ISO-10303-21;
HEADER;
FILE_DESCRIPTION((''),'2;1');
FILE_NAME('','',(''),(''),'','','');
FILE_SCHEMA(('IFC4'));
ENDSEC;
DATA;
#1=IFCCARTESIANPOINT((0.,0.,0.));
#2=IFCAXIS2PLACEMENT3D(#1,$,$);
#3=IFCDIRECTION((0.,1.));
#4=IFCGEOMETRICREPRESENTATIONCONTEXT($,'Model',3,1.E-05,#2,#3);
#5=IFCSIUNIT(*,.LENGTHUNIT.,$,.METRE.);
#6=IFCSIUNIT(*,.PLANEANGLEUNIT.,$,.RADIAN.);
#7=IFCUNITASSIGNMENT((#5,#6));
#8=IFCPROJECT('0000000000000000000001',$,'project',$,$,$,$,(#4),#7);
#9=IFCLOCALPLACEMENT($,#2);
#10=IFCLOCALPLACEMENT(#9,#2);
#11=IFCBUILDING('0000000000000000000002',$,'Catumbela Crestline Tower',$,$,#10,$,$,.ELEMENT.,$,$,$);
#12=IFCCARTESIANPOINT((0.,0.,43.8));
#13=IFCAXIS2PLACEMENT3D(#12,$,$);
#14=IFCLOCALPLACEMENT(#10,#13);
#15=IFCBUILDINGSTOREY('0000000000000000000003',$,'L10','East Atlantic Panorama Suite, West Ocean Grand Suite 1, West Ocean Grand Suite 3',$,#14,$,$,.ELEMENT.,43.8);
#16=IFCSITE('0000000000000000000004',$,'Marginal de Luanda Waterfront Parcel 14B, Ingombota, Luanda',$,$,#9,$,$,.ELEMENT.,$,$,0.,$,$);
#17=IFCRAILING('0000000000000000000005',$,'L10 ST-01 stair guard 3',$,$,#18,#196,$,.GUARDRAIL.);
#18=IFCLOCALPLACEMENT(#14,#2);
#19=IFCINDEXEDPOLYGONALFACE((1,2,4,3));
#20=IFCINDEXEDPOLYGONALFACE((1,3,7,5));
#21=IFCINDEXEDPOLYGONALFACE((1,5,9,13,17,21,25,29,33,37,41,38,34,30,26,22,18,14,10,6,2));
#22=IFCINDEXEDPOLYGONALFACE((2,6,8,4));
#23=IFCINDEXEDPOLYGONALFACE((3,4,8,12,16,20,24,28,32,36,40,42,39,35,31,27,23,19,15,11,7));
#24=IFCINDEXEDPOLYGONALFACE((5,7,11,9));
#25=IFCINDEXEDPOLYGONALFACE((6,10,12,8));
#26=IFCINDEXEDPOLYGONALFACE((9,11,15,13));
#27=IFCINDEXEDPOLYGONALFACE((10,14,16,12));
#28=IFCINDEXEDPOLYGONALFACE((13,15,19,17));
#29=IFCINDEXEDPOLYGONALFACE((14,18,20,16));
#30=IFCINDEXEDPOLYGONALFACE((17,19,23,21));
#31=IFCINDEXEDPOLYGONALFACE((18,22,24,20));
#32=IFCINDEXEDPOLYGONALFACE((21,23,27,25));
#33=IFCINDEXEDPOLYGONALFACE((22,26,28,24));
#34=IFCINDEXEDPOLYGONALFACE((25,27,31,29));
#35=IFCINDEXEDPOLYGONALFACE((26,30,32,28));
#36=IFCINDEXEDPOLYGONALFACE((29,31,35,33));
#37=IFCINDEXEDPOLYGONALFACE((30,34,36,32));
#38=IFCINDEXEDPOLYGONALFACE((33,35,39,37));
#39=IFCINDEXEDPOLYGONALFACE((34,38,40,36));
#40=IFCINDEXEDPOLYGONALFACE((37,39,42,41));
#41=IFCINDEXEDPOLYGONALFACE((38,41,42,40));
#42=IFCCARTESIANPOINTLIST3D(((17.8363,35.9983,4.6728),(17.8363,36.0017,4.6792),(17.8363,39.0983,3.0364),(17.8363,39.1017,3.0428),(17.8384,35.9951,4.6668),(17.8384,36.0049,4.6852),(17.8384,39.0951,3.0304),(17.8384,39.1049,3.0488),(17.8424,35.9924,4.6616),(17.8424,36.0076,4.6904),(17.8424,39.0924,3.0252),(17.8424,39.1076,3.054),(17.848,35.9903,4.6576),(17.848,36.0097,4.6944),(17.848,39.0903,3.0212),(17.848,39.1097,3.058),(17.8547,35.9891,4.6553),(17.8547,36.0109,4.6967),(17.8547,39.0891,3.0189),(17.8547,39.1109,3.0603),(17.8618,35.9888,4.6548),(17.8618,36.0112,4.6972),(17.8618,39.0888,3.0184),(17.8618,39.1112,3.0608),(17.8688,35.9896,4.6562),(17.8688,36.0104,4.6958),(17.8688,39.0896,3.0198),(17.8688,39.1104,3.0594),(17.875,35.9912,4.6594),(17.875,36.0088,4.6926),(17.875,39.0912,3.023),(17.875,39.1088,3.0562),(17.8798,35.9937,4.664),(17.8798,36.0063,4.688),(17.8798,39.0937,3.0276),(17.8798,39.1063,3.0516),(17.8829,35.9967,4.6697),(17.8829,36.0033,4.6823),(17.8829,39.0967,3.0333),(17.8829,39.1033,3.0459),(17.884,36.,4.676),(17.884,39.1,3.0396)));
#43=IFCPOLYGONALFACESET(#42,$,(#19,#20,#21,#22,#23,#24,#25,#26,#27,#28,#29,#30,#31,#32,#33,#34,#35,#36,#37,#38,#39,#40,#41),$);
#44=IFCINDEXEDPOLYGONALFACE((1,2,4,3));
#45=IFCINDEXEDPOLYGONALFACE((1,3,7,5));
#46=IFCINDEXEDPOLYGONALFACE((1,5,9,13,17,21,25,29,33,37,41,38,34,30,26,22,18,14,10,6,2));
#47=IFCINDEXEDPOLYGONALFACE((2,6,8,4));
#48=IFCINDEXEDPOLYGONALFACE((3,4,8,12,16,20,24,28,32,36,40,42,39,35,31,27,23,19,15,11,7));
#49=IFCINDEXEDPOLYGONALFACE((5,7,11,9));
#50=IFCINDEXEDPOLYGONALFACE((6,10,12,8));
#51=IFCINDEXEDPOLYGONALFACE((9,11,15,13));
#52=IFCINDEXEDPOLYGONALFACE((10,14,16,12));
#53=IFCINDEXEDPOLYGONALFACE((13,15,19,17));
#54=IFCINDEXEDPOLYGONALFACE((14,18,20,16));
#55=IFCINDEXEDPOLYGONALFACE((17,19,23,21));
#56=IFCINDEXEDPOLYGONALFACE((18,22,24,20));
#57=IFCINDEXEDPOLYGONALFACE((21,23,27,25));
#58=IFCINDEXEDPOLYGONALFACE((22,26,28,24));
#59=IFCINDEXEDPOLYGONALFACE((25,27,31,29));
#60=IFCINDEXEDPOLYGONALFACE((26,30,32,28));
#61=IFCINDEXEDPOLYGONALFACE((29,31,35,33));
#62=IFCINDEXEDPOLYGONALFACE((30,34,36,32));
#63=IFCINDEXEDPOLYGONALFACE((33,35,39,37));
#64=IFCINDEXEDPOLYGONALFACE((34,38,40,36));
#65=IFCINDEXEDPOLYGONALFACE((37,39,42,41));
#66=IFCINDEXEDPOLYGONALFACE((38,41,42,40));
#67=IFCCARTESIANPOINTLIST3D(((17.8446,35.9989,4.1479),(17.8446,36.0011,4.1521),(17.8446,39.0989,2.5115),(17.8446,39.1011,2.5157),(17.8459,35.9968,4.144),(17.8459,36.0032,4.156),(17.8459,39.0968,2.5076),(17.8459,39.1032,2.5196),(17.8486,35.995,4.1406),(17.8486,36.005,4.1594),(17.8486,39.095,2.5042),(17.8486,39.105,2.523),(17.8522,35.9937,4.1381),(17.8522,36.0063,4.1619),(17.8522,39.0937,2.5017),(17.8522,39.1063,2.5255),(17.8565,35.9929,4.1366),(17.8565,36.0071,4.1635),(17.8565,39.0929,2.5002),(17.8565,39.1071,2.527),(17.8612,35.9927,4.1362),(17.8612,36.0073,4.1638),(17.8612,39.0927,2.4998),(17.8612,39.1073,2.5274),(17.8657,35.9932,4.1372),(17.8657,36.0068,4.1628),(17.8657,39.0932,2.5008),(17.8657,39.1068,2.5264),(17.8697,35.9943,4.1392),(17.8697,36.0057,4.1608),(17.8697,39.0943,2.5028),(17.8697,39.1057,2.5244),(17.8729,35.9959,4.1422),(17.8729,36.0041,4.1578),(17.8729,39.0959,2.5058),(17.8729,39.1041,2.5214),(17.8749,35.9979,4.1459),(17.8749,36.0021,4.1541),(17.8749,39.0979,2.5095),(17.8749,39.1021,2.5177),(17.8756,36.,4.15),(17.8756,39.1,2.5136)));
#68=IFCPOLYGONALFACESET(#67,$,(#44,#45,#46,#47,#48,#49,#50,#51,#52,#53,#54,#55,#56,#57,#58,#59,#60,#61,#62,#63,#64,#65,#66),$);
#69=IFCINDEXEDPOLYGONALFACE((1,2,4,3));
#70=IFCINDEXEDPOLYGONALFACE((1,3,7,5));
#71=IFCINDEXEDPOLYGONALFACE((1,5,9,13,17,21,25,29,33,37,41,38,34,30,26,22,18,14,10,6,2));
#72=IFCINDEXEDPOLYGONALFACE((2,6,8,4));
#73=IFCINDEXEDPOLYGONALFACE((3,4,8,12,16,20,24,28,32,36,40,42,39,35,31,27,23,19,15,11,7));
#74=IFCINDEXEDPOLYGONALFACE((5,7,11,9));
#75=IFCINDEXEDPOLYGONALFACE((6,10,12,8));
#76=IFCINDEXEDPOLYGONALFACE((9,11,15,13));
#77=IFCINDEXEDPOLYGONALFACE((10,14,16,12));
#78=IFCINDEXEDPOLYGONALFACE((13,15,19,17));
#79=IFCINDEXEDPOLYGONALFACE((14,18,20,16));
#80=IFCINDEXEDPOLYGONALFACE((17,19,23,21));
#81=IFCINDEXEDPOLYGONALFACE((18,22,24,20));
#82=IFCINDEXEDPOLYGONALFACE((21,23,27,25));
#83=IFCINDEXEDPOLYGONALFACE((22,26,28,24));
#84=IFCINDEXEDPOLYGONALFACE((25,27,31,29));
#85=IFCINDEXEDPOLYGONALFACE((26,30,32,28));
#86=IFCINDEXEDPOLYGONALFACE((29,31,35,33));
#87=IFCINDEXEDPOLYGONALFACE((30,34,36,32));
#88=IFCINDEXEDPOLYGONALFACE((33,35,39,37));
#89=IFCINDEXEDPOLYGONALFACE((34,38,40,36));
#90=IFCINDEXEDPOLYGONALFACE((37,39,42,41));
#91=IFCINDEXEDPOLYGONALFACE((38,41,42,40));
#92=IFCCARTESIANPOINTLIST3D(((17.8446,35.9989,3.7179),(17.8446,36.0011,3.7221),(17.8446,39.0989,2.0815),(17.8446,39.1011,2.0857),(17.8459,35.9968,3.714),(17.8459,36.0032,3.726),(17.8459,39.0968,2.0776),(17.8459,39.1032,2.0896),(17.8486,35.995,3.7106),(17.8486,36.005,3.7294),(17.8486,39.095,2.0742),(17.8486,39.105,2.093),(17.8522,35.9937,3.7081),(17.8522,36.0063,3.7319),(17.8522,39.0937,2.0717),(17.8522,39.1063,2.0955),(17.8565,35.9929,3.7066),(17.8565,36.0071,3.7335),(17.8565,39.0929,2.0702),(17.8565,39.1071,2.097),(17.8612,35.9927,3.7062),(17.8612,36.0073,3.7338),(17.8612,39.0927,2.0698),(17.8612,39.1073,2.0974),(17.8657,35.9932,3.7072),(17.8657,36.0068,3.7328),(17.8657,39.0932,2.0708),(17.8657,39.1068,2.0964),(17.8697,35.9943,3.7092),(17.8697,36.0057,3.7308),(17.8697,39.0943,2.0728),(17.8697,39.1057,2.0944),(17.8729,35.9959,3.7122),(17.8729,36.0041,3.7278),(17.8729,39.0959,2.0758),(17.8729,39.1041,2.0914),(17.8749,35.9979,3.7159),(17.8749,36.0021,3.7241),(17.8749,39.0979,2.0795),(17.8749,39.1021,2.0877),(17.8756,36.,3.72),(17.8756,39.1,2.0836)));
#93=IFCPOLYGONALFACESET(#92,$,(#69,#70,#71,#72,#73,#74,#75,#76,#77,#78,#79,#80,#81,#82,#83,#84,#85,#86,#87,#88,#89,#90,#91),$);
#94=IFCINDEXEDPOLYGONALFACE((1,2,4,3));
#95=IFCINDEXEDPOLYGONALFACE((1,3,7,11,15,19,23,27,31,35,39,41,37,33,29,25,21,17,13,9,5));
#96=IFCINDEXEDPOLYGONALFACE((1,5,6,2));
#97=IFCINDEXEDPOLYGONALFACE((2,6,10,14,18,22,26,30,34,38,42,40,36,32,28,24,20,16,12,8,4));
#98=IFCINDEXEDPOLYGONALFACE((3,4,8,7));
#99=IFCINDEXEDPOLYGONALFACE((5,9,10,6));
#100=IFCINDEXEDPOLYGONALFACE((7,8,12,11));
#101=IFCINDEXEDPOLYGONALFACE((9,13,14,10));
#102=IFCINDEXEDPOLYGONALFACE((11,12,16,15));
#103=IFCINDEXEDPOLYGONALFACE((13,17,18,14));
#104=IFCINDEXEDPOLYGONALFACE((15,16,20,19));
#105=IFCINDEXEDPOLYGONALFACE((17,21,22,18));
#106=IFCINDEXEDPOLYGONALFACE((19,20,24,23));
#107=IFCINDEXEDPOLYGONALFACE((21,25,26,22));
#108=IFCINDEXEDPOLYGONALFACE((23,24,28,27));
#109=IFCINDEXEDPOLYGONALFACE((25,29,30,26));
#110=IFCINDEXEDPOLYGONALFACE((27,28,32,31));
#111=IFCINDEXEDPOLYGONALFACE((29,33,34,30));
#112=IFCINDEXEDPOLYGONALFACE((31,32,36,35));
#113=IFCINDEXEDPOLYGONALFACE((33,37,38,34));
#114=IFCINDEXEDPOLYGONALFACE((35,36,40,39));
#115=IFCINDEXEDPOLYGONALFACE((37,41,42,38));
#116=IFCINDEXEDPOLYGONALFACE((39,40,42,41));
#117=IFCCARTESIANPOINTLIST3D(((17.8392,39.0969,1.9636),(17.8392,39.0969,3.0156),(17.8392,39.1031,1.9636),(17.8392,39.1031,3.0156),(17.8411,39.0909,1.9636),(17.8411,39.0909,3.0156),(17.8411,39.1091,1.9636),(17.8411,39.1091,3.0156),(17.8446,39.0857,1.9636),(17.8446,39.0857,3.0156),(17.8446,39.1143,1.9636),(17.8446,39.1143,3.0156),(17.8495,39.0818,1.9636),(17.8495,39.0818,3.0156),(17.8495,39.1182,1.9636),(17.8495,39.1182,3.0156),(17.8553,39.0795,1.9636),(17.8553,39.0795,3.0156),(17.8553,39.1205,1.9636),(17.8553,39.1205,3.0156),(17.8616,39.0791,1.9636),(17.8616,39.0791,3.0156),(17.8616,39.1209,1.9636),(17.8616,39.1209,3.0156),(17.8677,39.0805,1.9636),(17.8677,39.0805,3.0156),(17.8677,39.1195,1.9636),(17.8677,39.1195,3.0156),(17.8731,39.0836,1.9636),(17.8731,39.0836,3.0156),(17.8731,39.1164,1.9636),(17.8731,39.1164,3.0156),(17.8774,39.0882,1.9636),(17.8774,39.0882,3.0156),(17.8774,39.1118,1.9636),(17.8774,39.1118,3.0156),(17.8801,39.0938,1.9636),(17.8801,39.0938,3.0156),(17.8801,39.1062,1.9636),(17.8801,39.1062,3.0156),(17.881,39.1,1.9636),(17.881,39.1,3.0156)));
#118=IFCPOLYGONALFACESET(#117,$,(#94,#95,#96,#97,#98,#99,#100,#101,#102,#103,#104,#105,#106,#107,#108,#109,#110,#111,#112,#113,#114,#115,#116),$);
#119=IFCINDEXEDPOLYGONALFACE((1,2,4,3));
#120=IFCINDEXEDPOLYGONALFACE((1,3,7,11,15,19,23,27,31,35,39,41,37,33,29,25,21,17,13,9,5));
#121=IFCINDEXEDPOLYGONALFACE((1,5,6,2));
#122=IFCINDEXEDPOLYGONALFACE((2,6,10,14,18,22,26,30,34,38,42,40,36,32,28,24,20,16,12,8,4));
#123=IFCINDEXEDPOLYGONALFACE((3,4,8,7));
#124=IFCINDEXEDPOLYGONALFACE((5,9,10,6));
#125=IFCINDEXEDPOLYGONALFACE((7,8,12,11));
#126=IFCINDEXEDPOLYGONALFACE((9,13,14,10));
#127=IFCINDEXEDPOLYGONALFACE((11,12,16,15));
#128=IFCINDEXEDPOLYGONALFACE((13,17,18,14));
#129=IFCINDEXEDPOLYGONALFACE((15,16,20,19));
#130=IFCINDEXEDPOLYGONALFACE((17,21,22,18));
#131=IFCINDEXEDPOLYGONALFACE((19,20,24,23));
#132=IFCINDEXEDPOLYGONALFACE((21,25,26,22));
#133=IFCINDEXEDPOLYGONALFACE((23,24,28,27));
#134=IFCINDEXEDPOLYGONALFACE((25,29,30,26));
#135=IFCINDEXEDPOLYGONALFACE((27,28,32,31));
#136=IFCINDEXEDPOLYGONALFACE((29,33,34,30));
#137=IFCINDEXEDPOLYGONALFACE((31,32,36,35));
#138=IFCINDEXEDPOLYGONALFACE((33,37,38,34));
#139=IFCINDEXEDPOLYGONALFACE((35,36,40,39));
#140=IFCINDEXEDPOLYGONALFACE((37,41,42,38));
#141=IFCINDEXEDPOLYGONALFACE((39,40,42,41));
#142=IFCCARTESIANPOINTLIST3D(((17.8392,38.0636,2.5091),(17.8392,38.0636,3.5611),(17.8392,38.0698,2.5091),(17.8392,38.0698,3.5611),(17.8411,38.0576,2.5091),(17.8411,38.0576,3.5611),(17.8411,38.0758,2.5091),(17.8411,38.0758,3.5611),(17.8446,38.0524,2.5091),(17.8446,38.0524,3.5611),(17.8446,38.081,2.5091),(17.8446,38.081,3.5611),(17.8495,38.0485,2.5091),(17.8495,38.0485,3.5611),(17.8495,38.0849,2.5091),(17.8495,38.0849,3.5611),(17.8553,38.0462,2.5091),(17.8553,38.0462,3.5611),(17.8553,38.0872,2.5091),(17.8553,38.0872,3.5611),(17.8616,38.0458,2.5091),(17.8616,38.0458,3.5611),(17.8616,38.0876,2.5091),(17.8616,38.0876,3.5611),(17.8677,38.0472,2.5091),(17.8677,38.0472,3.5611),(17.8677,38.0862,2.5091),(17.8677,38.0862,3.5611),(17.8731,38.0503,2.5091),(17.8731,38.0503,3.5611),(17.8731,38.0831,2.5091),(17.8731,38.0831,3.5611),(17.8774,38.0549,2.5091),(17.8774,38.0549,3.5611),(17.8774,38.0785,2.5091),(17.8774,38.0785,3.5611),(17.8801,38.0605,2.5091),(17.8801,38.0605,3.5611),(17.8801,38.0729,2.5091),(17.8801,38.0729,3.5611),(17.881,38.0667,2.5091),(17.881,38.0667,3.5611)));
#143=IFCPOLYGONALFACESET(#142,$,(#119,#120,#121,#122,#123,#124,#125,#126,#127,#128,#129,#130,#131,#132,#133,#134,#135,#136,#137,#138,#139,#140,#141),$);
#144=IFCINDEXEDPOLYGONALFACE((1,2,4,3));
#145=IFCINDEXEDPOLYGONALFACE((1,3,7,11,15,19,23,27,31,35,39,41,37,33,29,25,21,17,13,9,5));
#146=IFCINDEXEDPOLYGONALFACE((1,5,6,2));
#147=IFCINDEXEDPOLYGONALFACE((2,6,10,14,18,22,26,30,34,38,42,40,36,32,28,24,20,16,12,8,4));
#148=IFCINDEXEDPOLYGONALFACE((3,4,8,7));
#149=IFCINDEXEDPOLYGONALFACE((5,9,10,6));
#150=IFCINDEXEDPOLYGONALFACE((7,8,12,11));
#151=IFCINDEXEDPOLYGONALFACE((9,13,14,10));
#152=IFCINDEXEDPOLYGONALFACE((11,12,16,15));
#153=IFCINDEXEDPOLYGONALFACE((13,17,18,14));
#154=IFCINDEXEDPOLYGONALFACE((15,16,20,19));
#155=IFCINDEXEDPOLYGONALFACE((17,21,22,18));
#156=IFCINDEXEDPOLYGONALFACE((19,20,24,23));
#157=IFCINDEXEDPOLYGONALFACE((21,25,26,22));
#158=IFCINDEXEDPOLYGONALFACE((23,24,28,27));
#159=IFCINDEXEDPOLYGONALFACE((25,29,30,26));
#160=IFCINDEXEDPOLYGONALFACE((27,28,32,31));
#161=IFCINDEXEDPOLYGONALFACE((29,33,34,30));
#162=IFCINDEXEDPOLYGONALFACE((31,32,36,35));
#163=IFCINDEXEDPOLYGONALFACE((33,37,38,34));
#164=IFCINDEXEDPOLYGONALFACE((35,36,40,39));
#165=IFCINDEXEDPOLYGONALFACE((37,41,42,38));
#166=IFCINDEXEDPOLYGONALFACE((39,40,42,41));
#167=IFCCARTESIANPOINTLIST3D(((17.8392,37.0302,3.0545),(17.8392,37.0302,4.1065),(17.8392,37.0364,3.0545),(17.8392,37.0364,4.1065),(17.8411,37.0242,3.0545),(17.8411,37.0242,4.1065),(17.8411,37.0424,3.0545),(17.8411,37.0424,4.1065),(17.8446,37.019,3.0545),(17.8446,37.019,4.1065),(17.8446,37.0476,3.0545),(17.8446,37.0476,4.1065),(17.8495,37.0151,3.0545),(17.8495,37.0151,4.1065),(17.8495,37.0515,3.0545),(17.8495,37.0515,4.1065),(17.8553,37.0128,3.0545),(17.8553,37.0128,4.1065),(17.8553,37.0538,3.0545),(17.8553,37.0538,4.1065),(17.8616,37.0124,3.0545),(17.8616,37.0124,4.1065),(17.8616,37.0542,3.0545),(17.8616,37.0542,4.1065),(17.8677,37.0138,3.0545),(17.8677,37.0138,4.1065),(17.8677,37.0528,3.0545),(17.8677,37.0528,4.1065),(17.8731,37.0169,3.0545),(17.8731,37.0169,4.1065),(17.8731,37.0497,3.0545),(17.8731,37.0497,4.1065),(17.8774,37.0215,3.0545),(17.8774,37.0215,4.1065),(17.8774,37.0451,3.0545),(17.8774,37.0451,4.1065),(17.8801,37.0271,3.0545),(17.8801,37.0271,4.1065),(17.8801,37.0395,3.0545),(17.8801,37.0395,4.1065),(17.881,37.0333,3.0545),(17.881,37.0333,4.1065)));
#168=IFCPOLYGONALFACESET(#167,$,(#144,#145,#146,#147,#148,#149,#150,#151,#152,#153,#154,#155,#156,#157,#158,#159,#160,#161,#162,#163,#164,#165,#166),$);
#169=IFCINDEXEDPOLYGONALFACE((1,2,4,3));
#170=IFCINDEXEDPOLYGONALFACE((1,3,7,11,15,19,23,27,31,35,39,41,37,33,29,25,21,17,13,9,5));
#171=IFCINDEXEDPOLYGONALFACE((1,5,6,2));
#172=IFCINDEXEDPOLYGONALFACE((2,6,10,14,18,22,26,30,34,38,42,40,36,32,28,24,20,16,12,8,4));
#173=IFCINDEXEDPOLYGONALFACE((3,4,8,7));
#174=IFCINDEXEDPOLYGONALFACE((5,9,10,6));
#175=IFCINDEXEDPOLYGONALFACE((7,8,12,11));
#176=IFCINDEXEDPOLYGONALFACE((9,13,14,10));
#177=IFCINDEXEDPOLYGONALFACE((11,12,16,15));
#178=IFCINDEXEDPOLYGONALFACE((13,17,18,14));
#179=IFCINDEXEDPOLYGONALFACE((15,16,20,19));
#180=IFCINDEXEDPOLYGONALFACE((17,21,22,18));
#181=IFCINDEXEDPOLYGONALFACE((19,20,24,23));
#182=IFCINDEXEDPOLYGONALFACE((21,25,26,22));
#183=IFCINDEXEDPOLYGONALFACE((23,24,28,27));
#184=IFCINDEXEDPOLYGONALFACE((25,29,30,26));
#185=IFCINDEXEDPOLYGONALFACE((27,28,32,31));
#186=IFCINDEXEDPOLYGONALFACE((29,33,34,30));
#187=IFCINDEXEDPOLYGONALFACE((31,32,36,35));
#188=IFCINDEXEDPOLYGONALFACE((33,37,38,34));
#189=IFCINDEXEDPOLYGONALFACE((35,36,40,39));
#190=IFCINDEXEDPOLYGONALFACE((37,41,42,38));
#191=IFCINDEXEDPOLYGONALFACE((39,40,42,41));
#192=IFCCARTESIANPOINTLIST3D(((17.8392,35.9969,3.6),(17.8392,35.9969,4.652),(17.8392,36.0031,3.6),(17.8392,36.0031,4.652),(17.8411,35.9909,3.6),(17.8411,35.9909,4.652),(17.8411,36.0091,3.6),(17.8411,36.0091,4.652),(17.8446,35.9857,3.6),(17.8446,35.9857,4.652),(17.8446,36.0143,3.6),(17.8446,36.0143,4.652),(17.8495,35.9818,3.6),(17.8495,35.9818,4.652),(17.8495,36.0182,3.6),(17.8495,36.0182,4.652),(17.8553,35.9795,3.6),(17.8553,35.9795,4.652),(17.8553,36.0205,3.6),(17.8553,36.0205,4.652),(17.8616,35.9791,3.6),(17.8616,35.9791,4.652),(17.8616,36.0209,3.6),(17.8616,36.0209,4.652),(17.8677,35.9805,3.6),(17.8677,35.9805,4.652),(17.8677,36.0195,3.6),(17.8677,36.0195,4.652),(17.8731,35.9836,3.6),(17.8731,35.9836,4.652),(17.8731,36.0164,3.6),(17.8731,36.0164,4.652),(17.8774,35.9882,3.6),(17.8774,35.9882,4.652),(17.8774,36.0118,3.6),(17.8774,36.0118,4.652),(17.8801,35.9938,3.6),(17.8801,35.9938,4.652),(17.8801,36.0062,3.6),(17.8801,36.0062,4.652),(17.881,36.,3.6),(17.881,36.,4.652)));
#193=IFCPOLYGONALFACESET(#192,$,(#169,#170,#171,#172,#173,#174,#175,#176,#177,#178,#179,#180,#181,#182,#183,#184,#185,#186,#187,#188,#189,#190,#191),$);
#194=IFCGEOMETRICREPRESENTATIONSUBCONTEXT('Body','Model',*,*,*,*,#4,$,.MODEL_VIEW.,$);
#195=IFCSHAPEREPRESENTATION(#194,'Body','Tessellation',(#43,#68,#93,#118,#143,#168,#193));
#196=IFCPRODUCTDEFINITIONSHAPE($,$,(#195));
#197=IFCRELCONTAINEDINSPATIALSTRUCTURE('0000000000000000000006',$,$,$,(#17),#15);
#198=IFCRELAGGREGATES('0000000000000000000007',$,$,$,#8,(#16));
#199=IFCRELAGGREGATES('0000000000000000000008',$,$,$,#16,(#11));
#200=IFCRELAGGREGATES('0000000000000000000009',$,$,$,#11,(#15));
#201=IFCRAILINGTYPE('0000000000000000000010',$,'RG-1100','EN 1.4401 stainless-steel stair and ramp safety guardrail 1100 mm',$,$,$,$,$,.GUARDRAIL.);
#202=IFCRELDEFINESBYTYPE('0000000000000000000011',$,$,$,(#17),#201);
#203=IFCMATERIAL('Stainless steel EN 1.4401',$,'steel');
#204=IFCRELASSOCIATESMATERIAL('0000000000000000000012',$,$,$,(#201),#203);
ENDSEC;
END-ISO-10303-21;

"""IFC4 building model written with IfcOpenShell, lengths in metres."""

from ifc_helpers import new_model, si_unit, direction, frame, origin, origin_2d, place, context, subcontext, project, spatial, circle, extrude, material, type_object, element, save


model = new_model("IFC4")

# Units and contexts
model_context = context("Model", 3, precision=1e-05, world=origin(), true_north=direction((0.0, 1.0)))
body_context = subcontext(model_context, "Body", "Model", "MODEL_VIEW")
ifc_project = project(units=[si_unit("LENGTHUNIT", "METRE"), si_unit("PLANEANGLEUNIT", "RADIAN")], contexts=[model_context])

# Site, building, storey
site_placement = place(None, origin())
site = spatial("IfcSite", under=ifc_project, at=site_placement, Name="Marginal de Luanda Waterfront Parcel 14B, Ingombota, Luanda", CompositionType="ELEMENT", RefElevation=0.0)
building_placement = place(site_placement, origin())
building = spatial("IfcBuilding", under=site, at=building_placement, Name="Catumbela Crestline Tower", CompositionType="ELEMENT")
storey_placement = place(building_placement, frame((0.0, 0.0, 43.8)))
storey = spatial("IfcBuildingStorey", under=building, at=storey_placement, Name="L10", Description="East Atlantic Panorama Suite, West Ocean Grand Suite 1, West Ocean Grand Suite 3", CompositionType="ELEMENT", Elevation=43.8)

# Shared definitions
ifc_material_1 = material(Name="Stainless steel EN 1.4401", Category="steel")

# Railing
railing_type_1 = type_object("IfcRailingType", Name="RG-1100", Description="EN 1.4401 stainless-steel stair and ramp safety guardrail 1100 mm", PredefinedType="GUARDRAIL", material=ifc_material_1)
railing_1_placement = place(storey_placement, frame((17.86, 39.1, 1.9636)))
element("IfcRailing", 1, at=railing_1_placement, inside=storey, type_object=railing_type_1, Name="L10 ST-01 stair guard 3", PredefinedType="GUARDRAIL", context=body_context, shape_type="SweptSolid", body=[
    extrude(circle(Radius=0.024, at=origin_2d()), frame((0.0, 0.0, 1.076), z_axis=(0.0, -0.884351, 0.466823), x_axis=(1.0, 0.0, 0.0)), (0.0, 0.0, 1.0), 3.5054),
    extrude(circle(Radius=0.0156, at=origin_2d()), frame((0.0, 0.0, 0.55), z_axis=(0.0, -0.884351, 0.466823), x_axis=(1.0, 0.0, 0.0)), (0.0, 0.0, 1.0), 3.5054),
    extrude(circle(Radius=0.0156, at=origin_2d()), frame((0.0, 0.0, 0.12), z_axis=(0.0, -0.884351, 0.466823), x_axis=(1.0, 0.0, 0.0)), (0.0, 0.0, 1.0), 3.5054),
    extrude(circle(Radius=0.021, at=origin_2d()), origin(), (0.0, 0.0, 1.0), 1.052),
    extrude(circle(Radius=0.021, at=origin_2d()), frame((0.0, -1.0333, 0.5455)), (0.0, 0.0, 1.0), 1.052),
    extrude(circle(Radius=0.021, at=origin_2d()), frame((0.0, -2.0667, 1.0909)), (0.0, 0.0, 1.0), 1.052),
    extrude(circle(Radius=0.021, at=origin_2d()), frame((0.0, -3.1, 1.6364)), (0.0, 0.0, 1.0), 1.052),
])

save(model, "model.ifc")
